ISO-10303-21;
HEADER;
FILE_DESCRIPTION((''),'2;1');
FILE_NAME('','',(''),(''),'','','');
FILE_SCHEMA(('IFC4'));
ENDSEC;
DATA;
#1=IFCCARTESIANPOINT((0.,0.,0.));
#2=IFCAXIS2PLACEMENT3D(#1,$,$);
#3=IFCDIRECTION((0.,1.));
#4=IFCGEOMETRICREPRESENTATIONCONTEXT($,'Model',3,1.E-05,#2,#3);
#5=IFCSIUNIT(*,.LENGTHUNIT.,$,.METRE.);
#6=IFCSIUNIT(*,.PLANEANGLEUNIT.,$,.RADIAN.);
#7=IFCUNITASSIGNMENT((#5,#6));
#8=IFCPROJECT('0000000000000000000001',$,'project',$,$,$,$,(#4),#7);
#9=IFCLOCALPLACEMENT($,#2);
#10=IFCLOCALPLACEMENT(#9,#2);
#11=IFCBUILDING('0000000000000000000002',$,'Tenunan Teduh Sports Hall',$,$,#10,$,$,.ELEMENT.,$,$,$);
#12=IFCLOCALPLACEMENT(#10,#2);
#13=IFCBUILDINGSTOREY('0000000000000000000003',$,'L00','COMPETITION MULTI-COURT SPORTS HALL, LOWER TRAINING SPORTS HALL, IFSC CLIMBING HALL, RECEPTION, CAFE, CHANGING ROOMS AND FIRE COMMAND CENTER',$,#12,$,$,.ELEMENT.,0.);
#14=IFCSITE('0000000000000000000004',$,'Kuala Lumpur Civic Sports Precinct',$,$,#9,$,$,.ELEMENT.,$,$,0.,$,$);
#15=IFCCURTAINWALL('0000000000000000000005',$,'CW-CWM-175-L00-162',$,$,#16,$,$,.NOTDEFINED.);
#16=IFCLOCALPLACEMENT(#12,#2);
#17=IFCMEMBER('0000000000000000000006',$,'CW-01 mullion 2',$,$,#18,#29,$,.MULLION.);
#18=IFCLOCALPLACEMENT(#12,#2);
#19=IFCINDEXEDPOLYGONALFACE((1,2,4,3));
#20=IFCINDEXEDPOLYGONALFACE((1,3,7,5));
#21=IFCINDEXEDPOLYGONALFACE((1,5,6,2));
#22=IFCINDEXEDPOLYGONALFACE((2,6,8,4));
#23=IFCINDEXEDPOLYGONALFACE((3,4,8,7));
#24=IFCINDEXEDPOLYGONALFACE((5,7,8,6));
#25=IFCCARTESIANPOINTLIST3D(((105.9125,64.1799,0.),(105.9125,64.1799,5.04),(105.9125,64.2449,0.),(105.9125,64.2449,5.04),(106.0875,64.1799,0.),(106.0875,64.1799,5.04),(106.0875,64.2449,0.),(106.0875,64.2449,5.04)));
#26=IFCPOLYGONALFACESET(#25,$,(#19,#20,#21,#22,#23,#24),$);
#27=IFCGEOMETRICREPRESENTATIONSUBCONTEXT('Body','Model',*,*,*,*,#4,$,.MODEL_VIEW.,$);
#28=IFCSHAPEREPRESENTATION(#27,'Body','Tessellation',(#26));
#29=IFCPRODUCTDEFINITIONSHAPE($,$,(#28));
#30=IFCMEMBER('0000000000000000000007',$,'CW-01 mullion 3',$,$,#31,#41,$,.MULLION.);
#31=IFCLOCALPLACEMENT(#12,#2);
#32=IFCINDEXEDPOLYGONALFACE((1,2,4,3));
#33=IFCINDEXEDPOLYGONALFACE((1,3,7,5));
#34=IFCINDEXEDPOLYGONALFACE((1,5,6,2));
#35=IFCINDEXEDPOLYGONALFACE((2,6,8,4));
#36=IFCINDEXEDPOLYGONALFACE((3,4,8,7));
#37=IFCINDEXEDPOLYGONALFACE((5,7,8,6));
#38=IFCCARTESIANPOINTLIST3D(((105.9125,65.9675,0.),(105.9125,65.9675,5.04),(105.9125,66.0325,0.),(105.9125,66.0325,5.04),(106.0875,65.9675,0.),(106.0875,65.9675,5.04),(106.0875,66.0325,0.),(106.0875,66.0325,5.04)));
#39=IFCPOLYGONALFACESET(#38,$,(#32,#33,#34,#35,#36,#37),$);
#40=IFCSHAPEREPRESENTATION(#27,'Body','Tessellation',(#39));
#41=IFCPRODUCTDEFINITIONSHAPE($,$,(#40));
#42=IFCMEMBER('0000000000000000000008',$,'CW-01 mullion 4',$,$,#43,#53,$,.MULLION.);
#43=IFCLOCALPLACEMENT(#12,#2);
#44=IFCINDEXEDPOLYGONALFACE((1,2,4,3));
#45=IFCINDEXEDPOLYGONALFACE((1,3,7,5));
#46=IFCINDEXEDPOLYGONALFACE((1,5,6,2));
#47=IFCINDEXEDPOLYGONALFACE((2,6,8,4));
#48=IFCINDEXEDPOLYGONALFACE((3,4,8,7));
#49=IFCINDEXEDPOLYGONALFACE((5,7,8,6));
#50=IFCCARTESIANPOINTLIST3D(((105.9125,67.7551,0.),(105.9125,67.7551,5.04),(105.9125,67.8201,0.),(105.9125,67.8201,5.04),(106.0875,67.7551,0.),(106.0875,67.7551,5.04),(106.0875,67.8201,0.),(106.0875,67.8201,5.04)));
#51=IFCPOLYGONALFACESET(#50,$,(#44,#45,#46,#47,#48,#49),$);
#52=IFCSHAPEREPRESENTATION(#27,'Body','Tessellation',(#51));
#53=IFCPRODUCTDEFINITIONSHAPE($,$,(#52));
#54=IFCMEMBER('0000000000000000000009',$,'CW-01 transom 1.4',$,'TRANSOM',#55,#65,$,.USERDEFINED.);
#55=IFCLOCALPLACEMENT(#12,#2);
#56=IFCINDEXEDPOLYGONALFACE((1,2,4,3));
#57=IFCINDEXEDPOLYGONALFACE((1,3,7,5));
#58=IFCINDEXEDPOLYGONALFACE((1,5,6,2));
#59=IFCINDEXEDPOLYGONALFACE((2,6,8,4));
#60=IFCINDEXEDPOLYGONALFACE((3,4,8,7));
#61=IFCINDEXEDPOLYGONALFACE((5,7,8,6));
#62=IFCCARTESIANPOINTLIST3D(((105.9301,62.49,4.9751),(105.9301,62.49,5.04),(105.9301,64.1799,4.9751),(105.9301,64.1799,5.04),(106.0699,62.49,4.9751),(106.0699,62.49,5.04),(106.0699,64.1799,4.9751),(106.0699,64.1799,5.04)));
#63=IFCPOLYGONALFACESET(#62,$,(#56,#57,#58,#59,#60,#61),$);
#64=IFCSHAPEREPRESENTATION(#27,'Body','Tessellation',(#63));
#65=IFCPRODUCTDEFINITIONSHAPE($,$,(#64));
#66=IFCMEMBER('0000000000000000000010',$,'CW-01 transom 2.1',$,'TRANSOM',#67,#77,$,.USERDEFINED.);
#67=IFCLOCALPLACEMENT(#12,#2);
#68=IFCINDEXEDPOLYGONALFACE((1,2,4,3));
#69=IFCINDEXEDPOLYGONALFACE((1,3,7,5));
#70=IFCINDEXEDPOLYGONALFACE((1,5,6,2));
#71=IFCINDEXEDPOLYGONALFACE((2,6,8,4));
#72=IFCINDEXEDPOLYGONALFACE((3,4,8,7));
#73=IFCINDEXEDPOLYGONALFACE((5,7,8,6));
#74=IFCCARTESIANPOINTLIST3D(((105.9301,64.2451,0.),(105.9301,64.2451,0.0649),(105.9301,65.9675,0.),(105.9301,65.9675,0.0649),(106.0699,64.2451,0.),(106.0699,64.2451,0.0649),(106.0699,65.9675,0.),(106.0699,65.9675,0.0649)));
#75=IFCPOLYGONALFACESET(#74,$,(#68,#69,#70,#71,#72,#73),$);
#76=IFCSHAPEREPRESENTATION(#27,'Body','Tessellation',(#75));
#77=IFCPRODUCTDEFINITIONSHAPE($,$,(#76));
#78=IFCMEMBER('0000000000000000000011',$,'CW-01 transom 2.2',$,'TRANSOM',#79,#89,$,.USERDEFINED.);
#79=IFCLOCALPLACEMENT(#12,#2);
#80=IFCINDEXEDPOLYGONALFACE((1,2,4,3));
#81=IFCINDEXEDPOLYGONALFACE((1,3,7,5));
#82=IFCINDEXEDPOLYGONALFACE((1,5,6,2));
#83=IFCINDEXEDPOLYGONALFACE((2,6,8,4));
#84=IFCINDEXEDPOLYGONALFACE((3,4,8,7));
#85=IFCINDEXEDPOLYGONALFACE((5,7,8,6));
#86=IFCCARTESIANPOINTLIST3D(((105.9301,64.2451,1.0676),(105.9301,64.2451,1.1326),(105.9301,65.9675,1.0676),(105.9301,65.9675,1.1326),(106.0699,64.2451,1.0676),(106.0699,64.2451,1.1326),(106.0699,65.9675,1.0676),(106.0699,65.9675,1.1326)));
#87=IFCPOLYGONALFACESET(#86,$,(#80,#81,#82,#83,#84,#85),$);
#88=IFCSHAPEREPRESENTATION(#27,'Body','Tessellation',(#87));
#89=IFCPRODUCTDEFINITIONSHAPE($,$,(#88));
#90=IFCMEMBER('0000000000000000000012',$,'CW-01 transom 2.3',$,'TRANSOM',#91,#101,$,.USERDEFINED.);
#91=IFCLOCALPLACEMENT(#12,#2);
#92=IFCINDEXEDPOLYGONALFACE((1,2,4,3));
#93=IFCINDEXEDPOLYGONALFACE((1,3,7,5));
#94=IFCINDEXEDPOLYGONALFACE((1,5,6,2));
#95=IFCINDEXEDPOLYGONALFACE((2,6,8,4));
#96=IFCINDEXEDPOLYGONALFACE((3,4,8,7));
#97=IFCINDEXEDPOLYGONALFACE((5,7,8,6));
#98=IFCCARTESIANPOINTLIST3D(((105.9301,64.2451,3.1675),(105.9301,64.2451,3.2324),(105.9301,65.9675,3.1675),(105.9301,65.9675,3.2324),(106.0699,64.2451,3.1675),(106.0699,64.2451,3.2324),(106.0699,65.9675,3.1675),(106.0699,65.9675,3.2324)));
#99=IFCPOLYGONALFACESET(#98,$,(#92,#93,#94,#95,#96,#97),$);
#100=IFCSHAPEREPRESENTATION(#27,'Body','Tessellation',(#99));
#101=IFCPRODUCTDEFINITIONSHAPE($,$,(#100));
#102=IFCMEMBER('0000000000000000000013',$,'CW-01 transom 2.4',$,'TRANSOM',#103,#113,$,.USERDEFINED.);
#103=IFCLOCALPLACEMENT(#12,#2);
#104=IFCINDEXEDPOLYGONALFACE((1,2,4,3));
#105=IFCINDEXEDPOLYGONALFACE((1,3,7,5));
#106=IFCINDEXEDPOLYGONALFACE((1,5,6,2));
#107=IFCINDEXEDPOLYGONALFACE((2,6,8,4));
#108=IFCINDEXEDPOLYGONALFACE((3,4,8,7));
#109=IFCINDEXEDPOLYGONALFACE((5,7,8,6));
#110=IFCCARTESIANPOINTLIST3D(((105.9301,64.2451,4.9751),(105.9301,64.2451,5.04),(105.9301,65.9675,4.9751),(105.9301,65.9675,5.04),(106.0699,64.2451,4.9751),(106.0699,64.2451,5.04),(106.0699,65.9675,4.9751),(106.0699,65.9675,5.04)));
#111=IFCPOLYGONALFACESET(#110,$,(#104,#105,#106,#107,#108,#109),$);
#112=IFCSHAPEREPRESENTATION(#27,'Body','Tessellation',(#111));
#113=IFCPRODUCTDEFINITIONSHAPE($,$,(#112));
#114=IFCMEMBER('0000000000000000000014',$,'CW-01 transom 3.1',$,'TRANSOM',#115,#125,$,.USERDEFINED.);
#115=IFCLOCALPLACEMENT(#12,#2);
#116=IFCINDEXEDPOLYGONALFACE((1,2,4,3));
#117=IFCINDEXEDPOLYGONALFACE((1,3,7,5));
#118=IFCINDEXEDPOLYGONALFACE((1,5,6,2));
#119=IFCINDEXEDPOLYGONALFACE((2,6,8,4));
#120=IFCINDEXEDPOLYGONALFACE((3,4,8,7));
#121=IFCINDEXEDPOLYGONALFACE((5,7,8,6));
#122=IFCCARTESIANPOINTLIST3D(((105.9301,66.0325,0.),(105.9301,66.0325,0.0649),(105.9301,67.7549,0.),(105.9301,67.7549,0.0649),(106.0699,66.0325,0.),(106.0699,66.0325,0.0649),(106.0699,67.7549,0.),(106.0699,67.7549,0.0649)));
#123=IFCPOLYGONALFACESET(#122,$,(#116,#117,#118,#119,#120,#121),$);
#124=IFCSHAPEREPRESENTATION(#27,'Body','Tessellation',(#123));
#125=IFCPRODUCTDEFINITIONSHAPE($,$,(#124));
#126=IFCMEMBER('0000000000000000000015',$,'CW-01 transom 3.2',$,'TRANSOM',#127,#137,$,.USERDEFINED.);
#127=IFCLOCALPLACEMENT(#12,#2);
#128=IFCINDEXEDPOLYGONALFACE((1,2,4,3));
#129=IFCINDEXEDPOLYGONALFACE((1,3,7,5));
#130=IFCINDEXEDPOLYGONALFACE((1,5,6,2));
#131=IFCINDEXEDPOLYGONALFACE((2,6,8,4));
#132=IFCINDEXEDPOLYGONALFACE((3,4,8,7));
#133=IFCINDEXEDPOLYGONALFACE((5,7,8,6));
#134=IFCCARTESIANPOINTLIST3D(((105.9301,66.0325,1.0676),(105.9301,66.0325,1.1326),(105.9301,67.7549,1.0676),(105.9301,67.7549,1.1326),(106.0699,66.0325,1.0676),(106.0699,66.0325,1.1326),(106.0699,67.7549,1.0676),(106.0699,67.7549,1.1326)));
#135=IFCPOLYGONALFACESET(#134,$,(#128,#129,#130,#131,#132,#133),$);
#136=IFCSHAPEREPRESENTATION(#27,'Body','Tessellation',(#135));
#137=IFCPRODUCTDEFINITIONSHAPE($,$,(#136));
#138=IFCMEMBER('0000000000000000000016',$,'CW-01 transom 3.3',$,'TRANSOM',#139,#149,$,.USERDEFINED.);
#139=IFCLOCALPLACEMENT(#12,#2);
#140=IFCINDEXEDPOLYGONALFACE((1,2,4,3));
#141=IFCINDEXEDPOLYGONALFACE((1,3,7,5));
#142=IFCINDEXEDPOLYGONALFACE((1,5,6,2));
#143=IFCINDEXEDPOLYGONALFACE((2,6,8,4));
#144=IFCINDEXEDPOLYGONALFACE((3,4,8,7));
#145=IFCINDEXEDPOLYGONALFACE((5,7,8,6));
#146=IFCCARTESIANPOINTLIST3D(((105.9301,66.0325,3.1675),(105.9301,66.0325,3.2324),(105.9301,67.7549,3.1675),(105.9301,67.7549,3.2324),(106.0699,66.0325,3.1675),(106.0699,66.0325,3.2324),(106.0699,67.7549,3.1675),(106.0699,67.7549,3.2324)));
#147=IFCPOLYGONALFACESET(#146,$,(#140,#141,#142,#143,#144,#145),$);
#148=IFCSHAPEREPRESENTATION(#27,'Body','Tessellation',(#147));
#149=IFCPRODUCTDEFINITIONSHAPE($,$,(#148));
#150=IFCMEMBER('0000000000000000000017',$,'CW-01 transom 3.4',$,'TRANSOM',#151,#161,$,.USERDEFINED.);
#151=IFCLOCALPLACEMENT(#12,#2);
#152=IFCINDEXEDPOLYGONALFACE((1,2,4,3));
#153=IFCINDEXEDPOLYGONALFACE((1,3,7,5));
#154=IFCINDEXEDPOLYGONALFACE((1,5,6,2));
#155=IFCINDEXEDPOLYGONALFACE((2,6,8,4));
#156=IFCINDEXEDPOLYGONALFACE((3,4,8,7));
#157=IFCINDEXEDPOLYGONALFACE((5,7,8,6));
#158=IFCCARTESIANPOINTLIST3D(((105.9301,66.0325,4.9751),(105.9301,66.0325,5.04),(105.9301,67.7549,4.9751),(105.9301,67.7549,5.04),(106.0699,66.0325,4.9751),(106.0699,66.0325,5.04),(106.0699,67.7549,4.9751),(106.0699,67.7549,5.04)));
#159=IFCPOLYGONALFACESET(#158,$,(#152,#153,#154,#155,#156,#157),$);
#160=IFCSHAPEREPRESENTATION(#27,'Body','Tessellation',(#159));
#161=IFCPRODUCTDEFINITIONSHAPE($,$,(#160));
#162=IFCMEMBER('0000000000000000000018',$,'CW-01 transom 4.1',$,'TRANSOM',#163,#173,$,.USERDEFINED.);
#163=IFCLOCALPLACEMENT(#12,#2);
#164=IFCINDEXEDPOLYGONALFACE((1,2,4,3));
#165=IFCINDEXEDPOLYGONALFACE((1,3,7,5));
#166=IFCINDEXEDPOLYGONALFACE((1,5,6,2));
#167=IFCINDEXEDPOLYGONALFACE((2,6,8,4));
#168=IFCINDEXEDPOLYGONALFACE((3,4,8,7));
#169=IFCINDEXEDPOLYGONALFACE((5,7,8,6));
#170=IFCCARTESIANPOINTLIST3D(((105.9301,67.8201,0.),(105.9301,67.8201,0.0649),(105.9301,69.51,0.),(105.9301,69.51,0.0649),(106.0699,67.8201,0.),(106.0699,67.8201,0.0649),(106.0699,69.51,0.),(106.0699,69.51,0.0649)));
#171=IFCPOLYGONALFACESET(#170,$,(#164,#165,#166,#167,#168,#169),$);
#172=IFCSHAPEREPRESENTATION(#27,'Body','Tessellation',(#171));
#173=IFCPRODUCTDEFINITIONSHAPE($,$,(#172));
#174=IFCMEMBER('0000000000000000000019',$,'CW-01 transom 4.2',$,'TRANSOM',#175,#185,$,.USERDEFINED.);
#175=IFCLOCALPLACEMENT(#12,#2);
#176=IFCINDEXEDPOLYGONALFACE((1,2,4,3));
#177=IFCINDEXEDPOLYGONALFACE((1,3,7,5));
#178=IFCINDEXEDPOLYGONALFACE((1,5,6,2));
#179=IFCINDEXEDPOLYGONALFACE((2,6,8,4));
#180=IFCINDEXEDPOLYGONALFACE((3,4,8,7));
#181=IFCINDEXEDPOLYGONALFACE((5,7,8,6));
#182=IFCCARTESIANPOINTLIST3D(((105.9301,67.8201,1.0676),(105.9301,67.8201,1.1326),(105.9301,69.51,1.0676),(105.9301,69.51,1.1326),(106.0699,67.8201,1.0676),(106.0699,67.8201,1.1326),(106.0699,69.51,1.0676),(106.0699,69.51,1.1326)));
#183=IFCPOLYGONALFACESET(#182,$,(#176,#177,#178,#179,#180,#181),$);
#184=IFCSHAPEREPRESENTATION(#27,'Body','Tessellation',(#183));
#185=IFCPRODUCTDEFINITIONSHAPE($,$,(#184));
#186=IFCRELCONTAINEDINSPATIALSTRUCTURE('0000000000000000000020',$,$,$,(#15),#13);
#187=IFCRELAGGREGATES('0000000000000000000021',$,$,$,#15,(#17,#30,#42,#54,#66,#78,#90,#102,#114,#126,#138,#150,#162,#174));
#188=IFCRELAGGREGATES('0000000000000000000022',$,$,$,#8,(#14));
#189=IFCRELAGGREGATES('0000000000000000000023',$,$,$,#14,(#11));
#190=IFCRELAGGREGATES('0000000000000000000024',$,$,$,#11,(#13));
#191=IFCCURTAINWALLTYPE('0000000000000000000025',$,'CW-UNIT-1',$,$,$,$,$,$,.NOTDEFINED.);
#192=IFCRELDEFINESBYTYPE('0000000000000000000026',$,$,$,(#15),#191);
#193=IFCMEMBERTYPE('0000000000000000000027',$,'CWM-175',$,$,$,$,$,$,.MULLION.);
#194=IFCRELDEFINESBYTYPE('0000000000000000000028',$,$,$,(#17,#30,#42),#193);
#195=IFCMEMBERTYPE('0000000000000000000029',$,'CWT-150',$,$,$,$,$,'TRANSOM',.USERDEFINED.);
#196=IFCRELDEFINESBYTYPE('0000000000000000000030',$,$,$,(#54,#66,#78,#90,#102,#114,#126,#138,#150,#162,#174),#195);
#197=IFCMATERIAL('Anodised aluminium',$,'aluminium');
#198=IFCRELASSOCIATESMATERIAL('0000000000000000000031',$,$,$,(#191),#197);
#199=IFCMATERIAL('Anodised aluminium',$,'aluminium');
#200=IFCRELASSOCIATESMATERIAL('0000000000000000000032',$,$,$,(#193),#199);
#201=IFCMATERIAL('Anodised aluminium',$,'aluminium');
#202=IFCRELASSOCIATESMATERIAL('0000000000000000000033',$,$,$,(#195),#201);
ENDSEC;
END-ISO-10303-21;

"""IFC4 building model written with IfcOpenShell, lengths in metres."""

from ifc_helpers import new_model, si_unit, direction, frame, origin, origin_2d, place, context, subcontext, project, spatial, rectangle, extrude, material, material_profile, profile_set, type_object, element, aggregate, save


model = new_model("IFC4")

# Units and contexts
model_context = context("Model", 3, precision=1e-05, world=origin(), true_north=direction((0.0, 1.0)))
body_context = subcontext(model_context, "Body", "Model", "MODEL_VIEW")
ifc_project = project(units=[si_unit("LENGTHUNIT", "METRE"), si_unit("PLANEANGLEUNIT", "RADIAN")], contexts=[model_context])

# Site, building, storey
site_placement = place(None, origin())
site = spatial("IfcSite", under=ifc_project, at=site_placement, Name="Kuala Lumpur Civic Sports Precinct", CompositionType="ELEMENT", RefElevation=0.0)
building_placement = place(site_placement, origin())
building = spatial("IfcBuilding", under=site, at=building_placement, Name="Tenunan Teduh Sports Hall", CompositionType="ELEMENT")
storey_placement = place(building_placement, origin())
storey = spatial("IfcBuildingStorey", under=building, at=storey_placement, Name="L00", Description="COMPETITION MULTI-COURT SPORTS HALL, LOWER TRAINING SPORTS HALL, IFSC CLIMBING HALL, RECEPTION, CAFE, CHANGING ROOMS AND FIRE COMMAND CENTER", CompositionType="ELEMENT", Elevation=0.0)

# Curtain wall, members
ifc_material_1 = material(Name="Anodised aluminium", Category="aluminium")
curtain_wall_type = type_object("IfcCurtainWallType", Name="CW-UNIT-1", PredefinedType="NOTDEFINED", material=ifc_material_1)
curtain_wall_placement = place(storey_placement, origin())
curtain_wall = element("IfcCurtainWall", 1, at=curtain_wall_placement, inside=storey, type_object=curtain_wall_type, Name="CW-CWM-175-L00-162", PredefinedType="NOTDEFINED")
ifc_material_2 = material(Name="Anodised aluminium", Category="aluminium")
ifc_material_profile_1 = material_profile(ifc_material_2, rectangle(XDim=0.0649, YDim=0.175, at=origin_2d()), Name="CWM 65x175")
ifc_profile_set_1 = profile_set([ifc_material_profile_1], Name="Anodised aluminium")
member_type_1 = type_object("IfcMemberType", Name="CWM-175", PredefinedType="MULLION", material=ifc_profile_set_1)
member_1_placement = place(storey_placement, frame((106.0, 64.2124, 0.0), z_axis=(0.0, 0.0, 1.0), x_axis=(0.0, 1.0, 0.0)))
member_1 = element("IfcMember", 2, at=member_1_placement, type_object=member_type_1, Name="CW-01 mullion 2", PredefinedType="MULLION", context=body_context, shape_type="SweptSolid", body=[
    extrude(rectangle(XDim=0.0649, YDim=0.175, at=origin_2d()), origin(), (0.0, 0.0, 1.0), 5.04),
])
member_2_placement = place(storey_placement, frame((106.0, 66.0, 0.0), z_axis=(0.0, 0.0, 1.0), x_axis=(0.0, 1.0, 0.0)))
member_2 = element("IfcMember", 3, at=member_2_placement, type_object=member_type_1, Name="CW-01 mullion 3", PredefinedType="MULLION", context=body_context, shape_type="SweptSolid", body=[
    extrude(rectangle(XDim=0.0649, YDim=0.175, at=origin_2d()), origin(), (0.0, 0.0, 1.0), 5.04),
])
member_3_placement = place(storey_placement, frame((106.0, 67.7876, 0.0), z_axis=(0.0, 0.0, 1.0), x_axis=(0.0, 1.0, 0.0)))
member_3 = element("IfcMember", 4, at=member_3_placement, type_object=member_type_1, Name="CW-01 mullion 4", PredefinedType="MULLION", context=body_context, shape_type="SweptSolid", body=[
    extrude(rectangle(XDim=0.0649, YDim=0.175, at=origin_2d()), origin(), (0.0, 0.0, 1.0), 5.04),
])
ifc_material_3 = material(Name="Anodised aluminium", Category="aluminium")
ifc_material_profile_2 = material_profile(ifc_material_3, rectangle(XDim=0.0649, YDim=0.1399, at=origin_2d()), Name="CWT 65x140")
ifc_profile_set_2 = profile_set([ifc_material_profile_2], Name="Anodised aluminium")
member_type_2 = type_object("IfcMemberType", Name="CWT-150", ElementType="TRANSOM", PredefinedType="USERDEFINED", material=ifc_profile_set_2)
member_4_placement = place(storey_placement, frame((106.0, 62.49, 5.0076), z_axis=(0.0, 1.0, 0.0), x_axis=(0.0, 0.0, 1.0)))
member_4 = element("IfcMember", 5, at=member_4_placement, type_object=member_type_2, Name="CW-01 transom 1.4", ObjectType="TRANSOM", PredefinedType="USERDEFINED", context=body_context, shape_type="SweptSolid", body=[
    extrude(rectangle(XDim=0.0649, YDim=0.1399, at=origin_2d()), origin(), (0.0, 0.0, 1.0), 1.6899),
])
member_5_placement = place(storey_placement, frame((106.0, 64.2451, 0.0325), z_axis=(0.0, 1.0, 0.0), x_axis=(0.0, 0.0, 1.0)))
member_5 = element("IfcMember", 6, at=member_5_placement, type_object=member_type_2, Name="CW-01 transom 2.1", ObjectType="TRANSOM", PredefinedType="USERDEFINED", context=body_context, shape_type="SweptSolid", body=[
    extrude(rectangle(XDim=0.0649, YDim=0.1399, at=origin_2d()), origin(), (0.0, 0.0, 1.0), 1.7224),
])
member_6_placement = place(storey_placement, frame((106.0, 64.2451, 1.1001), z_axis=(0.0, 1.0, 0.0), x_axis=(0.0, 0.0, 1.0)))
member_6 = element("IfcMember", 7, at=member_6_placement, type_object=member_type_2, Name="CW-01 transom 2.2", ObjectType="TRANSOM", PredefinedType="USERDEFINED", context=body_context, shape_type="SweptSolid", body=[
    extrude(rectangle(XDim=0.0649, YDim=0.1399, at=origin_2d()), origin(), (0.0, 0.0, 1.0), 1.7224),
])
member_7_placement = place(storey_placement, frame((106.0, 64.2451, 3.2), z_axis=(0.0, 1.0, 0.0), x_axis=(0.0, 0.0, 1.0)))
member_7 = element("IfcMember", 8, at=member_7_placement, type_object=member_type_2, Name="CW-01 transom 2.3", ObjectType="TRANSOM", PredefinedType="USERDEFINED", context=body_context, shape_type="SweptSolid", body=[
    extrude(rectangle(XDim=0.0649, YDim=0.1399, at=origin_2d()), origin(), (0.0, 0.0, 1.0), 1.7224),
])
member_8_placement = place(storey_placement, frame((106.0, 64.2451, 5.0076), z_axis=(0.0, 1.0, 0.0), x_axis=(0.0, 0.0, 1.0)))
member_8 = element("IfcMember", 9, at=member_8_placement, type_object=member_type_2, Name="CW-01 transom 2.4", ObjectType="TRANSOM", PredefinedType="USERDEFINED", context=body_context, shape_type="SweptSolid", body=[
    extrude(rectangle(XDim=0.0649, YDim=0.1399, at=origin_2d()), origin(), (0.0, 0.0, 1.0), 1.7224),
])
member_9_placement = place(storey_placement, frame((106.0, 66.0325, 0.0325), z_axis=(0.0, 1.0, 0.0), x_axis=(0.0, 0.0, 1.0)))
member_9 = element("IfcMember", 10, at=member_9_placement, type_object=member_type_2, Name="CW-01 transom 3.1", ObjectType="TRANSOM", PredefinedType="USERDEFINED", context=body_context, shape_type="SweptSolid", body=[
    extrude(rectangle(XDim=0.0649, YDim=0.1399, at=origin_2d()), origin(), (0.0, 0.0, 1.0), 1.7224),
])
member_10_placement = place(storey_placement, frame((106.0, 66.0325, 1.1001), z_axis=(0.0, 1.0, 0.0), x_axis=(0.0, 0.0, 1.0)))
member_10 = element("IfcMember", 11, at=member_10_placement, type_object=member_type_2, Name="CW-01 transom 3.2", ObjectType="TRANSOM", PredefinedType="USERDEFINED", context=body_context, shape_type="SweptSolid", body=[
    extrude(rectangle(XDim=0.0649, YDim=0.1399, at=origin_2d()), origin(), (0.0, 0.0, 1.0), 1.7224),
])
member_11_placement = place(storey_placement, frame((106.0, 66.0325, 3.2), z_axis=(0.0, 1.0, 0.0), x_axis=(0.0, 0.0, 1.0)))
member_11 = element("IfcMember", 12, at=member_11_placement, type_object=member_type_2, Name="CW-01 transom 3.3", ObjectType="TRANSOM", PredefinedType="USERDEFINED", context=body_context, shape_type="SweptSolid", body=[
    extrude(rectangle(XDim=0.0649, YDim=0.1399, at=origin_2d()), origin(), (0.0, 0.0, 1.0), 1.7224),
])
member_12_placement = place(storey_placement, frame((106.0, 66.0325, 5.0076), z_axis=(0.0, 1.0, 0.0), x_axis=(0.0, 0.0, 1.0)))
member_12 = element("IfcMember", 13, at=member_12_placement, type_object=member_type_2, Name="CW-01 transom 3.4", ObjectType="TRANSOM", PredefinedType="USERDEFINED", context=body_context, shape_type="SweptSolid", body=[
    extrude(rectangle(XDim=0.0649, YDim=0.1399, at=origin_2d()), origin(), (0.0, 0.0, 1.0), 1.7224),
])
member_13_placement = place(storey_placement, frame((106.0, 67.8201, 0.0325), z_axis=(0.0, 1.0, 0.0), x_axis=(0.0, 0.0, 1.0)))
member_13 = element("IfcMember", 14, at=member_13_placement, type_object=member_type_2, Name="CW-01 transom 4.1", ObjectType="TRANSOM", PredefinedType="USERDEFINED", context=body_context, shape_type="SweptSolid", body=[
    extrude(rectangle(XDim=0.0649, YDim=0.1399, at=origin_2d()), origin(), (0.0, 0.0, 1.0), 1.6899),
])
member_14_placement = place(storey_placement, frame((106.0, 67.8201, 1.1001), z_axis=(0.0, 1.0, 0.0), x_axis=(0.0, 0.0, 1.0)))
member_14 = element("IfcMember", 15, at=member_14_placement, type_object=member_type_2, Name="CW-01 transom 4.2", ObjectType="TRANSOM", PredefinedType="USERDEFINED", context=body_context, shape_type="SweptSolid", body=[
    extrude(rectangle(XDim=0.0649, YDim=0.1399, at=origin_2d()), origin(), (0.0, 0.0, 1.0), 1.6899),
])
aggregate(curtain_wall, [member_1, member_2, member_3, member_4, member_5, member_6, member_7, member_8, member_9, member_10, member_11, member_12, member_13, member_14])

save(model, "model.ifc")
